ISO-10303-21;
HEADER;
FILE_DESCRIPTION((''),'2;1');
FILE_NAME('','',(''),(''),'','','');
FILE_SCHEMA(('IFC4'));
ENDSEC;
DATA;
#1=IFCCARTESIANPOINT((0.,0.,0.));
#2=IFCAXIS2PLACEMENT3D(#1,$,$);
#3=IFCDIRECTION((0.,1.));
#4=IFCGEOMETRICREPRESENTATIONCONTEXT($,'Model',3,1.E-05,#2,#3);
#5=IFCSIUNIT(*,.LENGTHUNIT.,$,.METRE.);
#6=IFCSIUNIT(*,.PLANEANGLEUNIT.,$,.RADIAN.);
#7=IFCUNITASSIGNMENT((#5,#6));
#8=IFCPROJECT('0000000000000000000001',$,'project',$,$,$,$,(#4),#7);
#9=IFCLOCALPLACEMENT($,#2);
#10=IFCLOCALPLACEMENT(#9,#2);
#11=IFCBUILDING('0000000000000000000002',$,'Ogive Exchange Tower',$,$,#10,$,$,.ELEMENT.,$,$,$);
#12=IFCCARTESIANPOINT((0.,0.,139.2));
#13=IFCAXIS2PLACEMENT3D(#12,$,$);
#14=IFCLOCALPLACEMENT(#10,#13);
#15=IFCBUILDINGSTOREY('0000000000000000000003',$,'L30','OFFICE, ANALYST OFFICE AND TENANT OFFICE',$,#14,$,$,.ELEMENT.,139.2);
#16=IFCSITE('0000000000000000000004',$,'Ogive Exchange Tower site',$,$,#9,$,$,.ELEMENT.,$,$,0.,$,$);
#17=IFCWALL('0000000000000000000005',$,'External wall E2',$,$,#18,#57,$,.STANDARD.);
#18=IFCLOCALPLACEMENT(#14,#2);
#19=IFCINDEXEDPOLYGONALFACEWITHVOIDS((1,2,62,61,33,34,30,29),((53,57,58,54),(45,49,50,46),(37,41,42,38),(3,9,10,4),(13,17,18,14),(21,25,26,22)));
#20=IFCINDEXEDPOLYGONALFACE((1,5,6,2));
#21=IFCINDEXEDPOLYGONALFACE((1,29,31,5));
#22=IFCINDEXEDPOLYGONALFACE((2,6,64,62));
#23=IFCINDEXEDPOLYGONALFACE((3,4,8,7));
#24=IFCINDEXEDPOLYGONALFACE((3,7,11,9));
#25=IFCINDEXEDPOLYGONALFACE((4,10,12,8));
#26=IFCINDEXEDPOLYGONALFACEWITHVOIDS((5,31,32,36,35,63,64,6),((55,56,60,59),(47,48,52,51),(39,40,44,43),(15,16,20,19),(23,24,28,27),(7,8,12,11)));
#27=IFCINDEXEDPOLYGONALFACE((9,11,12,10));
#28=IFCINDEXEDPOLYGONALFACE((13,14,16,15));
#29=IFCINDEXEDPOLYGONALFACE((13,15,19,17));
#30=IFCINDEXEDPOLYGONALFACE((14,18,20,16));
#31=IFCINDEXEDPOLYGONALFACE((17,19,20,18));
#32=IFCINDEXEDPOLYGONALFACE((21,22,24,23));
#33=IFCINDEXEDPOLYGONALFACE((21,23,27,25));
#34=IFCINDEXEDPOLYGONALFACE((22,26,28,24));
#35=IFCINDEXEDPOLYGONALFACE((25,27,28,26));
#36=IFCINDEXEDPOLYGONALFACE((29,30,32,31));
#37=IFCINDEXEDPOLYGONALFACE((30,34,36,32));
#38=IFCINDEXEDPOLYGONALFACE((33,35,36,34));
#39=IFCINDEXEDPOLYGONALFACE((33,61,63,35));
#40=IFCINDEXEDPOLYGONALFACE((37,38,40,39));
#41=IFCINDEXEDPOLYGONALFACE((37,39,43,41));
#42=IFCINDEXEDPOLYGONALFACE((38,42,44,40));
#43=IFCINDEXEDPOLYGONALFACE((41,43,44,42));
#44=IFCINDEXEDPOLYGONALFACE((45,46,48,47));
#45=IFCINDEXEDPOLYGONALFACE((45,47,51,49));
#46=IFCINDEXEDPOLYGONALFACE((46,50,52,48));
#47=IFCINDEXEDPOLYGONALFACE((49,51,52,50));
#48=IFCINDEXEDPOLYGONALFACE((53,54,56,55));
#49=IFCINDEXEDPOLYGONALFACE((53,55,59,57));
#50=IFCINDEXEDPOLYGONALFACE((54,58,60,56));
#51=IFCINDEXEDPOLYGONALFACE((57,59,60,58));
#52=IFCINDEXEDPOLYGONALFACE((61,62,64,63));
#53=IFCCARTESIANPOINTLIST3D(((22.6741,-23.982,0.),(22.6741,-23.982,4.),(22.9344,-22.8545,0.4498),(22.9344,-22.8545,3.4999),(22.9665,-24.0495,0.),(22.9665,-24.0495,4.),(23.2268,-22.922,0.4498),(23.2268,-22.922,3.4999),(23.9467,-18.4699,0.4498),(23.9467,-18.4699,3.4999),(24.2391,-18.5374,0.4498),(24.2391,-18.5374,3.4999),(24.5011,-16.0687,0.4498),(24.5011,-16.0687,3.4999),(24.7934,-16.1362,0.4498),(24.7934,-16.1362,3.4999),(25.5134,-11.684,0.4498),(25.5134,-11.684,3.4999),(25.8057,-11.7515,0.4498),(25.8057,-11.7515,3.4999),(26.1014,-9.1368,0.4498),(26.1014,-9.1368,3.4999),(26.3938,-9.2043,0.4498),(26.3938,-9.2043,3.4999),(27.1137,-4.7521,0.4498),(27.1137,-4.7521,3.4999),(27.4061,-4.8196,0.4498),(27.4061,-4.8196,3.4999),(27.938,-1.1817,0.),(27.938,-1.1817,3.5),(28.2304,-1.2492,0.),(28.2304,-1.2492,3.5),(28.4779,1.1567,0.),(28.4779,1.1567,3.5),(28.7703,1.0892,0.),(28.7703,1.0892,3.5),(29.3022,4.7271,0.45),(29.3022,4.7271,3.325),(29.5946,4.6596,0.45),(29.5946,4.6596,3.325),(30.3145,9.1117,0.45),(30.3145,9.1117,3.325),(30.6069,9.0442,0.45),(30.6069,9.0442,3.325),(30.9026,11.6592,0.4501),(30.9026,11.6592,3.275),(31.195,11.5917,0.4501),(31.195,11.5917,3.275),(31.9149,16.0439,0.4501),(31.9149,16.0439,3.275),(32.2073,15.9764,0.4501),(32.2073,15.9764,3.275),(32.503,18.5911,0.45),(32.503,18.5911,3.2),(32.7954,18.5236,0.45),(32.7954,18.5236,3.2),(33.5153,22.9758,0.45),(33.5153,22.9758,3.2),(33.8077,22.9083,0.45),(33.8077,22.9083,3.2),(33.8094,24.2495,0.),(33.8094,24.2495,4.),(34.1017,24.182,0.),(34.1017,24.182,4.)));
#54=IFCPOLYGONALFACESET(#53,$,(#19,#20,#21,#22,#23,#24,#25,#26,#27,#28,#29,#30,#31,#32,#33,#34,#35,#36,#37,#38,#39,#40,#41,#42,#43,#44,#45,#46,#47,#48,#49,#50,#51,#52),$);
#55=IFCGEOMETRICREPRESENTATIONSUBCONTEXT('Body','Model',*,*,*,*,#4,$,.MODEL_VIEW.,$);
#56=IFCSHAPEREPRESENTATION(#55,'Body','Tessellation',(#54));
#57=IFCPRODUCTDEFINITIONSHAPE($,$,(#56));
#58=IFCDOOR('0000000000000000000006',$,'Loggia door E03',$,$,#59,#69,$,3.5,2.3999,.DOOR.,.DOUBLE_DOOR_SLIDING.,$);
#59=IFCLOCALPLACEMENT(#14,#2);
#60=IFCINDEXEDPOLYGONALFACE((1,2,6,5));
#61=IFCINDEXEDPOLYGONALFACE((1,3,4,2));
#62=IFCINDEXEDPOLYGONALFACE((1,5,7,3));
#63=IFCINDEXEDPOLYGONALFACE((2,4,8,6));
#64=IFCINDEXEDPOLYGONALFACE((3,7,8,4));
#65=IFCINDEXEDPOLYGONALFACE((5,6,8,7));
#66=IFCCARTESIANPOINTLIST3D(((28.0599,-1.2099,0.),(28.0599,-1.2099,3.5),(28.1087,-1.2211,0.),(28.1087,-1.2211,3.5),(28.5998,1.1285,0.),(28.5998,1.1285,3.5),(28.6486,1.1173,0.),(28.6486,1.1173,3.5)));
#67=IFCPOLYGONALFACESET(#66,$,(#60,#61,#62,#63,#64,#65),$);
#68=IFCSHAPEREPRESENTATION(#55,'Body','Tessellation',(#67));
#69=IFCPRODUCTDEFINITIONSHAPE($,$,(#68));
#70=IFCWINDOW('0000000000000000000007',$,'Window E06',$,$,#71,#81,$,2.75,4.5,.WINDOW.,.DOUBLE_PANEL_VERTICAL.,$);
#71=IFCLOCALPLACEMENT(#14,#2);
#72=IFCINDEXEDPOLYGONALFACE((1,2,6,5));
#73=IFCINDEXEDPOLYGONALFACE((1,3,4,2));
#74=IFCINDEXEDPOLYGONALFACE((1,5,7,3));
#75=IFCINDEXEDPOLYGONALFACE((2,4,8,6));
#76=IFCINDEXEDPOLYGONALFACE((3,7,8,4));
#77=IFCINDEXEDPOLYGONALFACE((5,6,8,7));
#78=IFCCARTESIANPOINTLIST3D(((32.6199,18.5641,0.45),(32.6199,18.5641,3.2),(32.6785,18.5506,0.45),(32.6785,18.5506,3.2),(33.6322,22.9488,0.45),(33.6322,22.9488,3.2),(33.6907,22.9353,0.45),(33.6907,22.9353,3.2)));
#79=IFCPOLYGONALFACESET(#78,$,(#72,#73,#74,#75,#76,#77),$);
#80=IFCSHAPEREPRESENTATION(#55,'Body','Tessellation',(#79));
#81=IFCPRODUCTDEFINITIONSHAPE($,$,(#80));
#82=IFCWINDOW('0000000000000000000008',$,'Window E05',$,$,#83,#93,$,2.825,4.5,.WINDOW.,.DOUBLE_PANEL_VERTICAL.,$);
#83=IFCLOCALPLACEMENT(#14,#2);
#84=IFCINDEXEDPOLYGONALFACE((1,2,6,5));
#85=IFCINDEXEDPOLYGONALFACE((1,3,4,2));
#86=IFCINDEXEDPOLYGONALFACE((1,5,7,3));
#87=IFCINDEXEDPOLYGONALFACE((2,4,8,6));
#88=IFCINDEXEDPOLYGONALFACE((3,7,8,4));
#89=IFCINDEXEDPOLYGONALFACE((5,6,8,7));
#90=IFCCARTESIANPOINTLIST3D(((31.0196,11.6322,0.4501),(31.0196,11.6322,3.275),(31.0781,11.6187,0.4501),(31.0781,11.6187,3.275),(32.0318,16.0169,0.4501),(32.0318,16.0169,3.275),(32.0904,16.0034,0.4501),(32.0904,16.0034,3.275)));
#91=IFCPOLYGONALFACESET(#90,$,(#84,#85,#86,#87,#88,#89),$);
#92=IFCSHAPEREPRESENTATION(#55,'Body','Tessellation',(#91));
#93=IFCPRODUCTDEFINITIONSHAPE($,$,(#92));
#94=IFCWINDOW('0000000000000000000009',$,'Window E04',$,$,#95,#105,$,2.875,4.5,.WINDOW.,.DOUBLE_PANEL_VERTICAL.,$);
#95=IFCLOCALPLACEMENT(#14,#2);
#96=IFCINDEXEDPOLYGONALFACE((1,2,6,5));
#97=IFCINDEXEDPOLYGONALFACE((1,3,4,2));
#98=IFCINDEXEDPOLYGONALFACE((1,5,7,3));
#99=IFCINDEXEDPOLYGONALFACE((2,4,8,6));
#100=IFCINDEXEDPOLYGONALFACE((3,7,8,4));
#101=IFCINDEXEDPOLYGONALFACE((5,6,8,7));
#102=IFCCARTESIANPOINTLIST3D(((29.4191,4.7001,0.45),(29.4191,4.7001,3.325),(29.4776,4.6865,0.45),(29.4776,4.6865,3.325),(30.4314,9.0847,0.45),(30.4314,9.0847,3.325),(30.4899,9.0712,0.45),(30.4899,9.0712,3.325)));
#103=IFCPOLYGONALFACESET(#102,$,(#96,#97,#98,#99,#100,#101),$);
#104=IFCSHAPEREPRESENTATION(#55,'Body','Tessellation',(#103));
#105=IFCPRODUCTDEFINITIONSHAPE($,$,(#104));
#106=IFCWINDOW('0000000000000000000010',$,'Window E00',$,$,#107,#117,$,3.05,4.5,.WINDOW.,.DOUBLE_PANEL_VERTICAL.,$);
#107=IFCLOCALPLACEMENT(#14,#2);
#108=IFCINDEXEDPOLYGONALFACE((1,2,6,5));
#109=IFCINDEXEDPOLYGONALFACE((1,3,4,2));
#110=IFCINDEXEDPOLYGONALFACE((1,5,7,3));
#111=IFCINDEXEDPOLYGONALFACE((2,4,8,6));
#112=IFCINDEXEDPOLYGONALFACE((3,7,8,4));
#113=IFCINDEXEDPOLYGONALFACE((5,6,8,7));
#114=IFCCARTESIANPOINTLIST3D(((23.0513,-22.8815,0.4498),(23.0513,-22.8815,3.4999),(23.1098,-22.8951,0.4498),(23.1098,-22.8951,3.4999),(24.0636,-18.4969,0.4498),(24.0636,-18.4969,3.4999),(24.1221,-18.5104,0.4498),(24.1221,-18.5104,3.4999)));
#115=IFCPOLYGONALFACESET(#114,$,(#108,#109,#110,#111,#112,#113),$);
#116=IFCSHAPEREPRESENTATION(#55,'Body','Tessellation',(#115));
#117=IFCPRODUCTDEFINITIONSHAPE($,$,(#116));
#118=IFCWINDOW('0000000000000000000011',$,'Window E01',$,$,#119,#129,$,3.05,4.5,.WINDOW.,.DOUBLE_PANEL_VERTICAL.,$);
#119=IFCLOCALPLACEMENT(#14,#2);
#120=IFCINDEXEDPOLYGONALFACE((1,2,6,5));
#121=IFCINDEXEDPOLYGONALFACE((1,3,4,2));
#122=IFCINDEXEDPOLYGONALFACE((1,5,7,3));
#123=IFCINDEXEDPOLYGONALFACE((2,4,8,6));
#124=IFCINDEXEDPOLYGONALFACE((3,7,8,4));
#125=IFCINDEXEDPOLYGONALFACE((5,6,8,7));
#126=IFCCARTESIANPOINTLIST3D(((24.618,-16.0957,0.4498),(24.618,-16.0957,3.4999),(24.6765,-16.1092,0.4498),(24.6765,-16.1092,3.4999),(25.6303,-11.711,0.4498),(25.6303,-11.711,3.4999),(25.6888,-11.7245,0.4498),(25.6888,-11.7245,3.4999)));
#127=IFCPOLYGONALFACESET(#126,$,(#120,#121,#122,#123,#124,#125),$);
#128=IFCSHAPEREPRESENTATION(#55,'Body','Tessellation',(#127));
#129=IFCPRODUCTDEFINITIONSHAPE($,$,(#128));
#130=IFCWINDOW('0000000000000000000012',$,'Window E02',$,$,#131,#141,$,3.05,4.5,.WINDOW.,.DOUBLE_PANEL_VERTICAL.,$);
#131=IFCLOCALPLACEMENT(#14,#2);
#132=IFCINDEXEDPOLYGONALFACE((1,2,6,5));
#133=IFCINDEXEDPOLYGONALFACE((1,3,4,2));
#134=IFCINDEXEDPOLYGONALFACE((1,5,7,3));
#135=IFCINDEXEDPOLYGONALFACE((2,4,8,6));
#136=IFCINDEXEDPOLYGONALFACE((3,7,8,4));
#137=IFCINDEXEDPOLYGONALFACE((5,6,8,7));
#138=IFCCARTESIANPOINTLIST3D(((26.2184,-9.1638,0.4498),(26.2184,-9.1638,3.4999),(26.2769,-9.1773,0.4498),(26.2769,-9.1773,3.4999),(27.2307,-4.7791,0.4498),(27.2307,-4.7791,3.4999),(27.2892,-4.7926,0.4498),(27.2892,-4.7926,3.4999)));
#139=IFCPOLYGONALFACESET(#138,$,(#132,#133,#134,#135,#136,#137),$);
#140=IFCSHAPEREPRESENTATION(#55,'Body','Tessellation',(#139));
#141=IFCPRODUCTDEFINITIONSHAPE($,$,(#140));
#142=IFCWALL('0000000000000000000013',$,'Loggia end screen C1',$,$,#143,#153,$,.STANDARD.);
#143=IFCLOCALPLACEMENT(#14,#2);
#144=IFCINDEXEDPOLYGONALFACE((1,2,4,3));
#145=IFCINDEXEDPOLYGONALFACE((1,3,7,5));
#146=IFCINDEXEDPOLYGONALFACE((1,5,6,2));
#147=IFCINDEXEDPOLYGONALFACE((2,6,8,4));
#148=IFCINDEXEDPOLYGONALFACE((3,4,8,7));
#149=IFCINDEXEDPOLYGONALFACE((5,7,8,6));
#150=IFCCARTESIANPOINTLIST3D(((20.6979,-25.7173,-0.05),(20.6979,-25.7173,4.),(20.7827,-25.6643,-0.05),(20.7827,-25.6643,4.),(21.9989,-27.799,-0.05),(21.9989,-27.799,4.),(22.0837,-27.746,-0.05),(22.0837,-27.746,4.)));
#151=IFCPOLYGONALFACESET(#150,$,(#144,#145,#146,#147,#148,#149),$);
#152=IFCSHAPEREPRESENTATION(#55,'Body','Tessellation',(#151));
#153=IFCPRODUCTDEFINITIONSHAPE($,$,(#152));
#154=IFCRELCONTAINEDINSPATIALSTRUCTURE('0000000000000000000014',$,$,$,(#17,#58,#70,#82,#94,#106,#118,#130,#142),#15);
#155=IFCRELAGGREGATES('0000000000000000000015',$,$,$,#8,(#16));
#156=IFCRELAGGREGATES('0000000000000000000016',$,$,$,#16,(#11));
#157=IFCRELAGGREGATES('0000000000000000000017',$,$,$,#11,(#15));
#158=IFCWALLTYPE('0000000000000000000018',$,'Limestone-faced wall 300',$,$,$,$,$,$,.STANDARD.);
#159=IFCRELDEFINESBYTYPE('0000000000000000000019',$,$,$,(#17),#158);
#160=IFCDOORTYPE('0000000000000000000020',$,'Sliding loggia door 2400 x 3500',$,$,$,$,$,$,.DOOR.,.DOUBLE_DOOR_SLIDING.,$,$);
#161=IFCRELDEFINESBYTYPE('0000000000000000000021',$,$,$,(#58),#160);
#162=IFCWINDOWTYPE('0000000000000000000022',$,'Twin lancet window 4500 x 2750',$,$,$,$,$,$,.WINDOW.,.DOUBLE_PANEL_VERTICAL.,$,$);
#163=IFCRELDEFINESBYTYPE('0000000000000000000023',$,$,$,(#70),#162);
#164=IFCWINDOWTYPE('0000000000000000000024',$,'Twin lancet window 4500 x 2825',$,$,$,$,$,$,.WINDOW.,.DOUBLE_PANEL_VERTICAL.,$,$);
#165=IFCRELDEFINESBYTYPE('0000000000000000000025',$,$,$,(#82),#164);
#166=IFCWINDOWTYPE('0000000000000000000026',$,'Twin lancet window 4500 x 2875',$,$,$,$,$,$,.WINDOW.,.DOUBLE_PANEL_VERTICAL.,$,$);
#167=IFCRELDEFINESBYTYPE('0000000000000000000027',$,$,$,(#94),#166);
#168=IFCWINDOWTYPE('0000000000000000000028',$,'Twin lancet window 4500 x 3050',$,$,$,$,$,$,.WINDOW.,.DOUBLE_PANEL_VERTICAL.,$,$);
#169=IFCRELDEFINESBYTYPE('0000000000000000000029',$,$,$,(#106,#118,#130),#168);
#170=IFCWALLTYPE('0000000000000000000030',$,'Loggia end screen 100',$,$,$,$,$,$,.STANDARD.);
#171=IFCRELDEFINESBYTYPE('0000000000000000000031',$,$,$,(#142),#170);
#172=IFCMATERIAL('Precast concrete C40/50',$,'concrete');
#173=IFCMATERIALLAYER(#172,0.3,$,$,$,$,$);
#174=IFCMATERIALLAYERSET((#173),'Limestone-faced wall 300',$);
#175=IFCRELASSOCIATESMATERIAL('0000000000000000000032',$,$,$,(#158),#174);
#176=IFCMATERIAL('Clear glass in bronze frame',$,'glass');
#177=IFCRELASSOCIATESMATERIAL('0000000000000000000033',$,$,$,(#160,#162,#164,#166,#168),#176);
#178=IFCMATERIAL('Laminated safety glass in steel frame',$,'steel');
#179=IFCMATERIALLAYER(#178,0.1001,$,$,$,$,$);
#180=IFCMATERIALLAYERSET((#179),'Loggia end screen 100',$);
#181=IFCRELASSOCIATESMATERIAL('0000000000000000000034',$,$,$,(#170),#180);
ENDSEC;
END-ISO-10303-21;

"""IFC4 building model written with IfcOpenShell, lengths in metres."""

from ifc_helpers import new_model, si_unit, direction, frame, frame_2d, origin, place, context, subcontext, project, spatial, rectangle, extrude, material, layer, layer_set, type_object, element, fill, save


model = new_model("IFC4")

# Units and contexts
model_context = context("Model", 3, precision=1e-05, world=origin(), true_north=direction((0.0, 1.0)))
body_context = subcontext(model_context, "Body", "Model", "MODEL_VIEW")
ifc_project = project(units=[si_unit("LENGTHUNIT", "METRE"), si_unit("PLANEANGLEUNIT", "RADIAN")], contexts=[model_context])

# Site, building, storey
site_placement = place(None, origin())
site = spatial("IfcSite", under=ifc_project, at=site_placement, Name="Ogive Exchange Tower site", CompositionType="ELEMENT", RefElevation=0.0)
building_placement = place(site_placement, origin())
building = spatial("IfcBuilding", under=site, at=building_placement, Name="Ogive Exchange Tower", CompositionType="ELEMENT")
storey_placement = place(building_placement, frame((0.0, 0.0, 139.2)))
storey = spatial("IfcBuildingStorey", under=building, at=storey_placement, Name="L30", Description="OFFICE, ANALYST OFFICE AND TENANT OFFICE", CompositionType="ELEMENT", Elevation=139.2)

# Wall, openings, door, windows
ifc_material_1 = material(Name="Precast concrete C40/50", Category="concrete")
ifc_layer_1 = layer(ifc_material_1, 0.3)
ifc_layer_set_1 = layer_set([ifc_layer_1], Name="Limestone-faced wall 300")
wall_type_1 = type_object("IfcWallType", Name="Limestone-faced wall 300", PredefinedType="STANDARD", material=ifc_layer_set_1)
wall_1_placement = place(storey_placement, frame((22.8203, -24.0156, 0.0), z_axis=(0.0, 0.0, 1.0), x_axis=(0.224954, 0.974369, 0.0)))
wall_1 = element("IfcWall", 1, at=wall_1_placement, inside=storey, type_object=wall_type_1, Name="External wall E2", PredefinedType="STANDARD", context=body_context, shape_type="SweptSolid", body=[
    extrude(rectangle(XDim=49.5002, YDim=0.3, at=frame_2d((24.75, 0.0))), origin(), (0.0, 0.0, 1.0), 4.0),
])
opening_1_placement = place(wall_1_placement, frame((1.157, 0.0, 0.45)))
opening_1 = element("IfcOpeningElement", 2, at=opening_1_placement, cuts=wall_1, PredefinedType="OPENING", context=body_context, shape_type="SweptSolid", body=[
    extrude(rectangle(XDim=4.5, YDim=3.05, at=frame_2d((2.25, 1.5249))), frame((0.0, 0.1599, 0.0), z_axis=(0.0, -1.0, 0.0), x_axis=(1.0, 0.0, 0.0)), (0.0, 0.0, 1.0), 0.3201),
])
opening_2_placement = place(wall_1_placement, frame((8.1213, 0.0, 0.45)))
opening_2 = element("IfcOpeningElement", 3, at=opening_2_placement, cuts=wall_1, PredefinedType="OPENING", context=body_context, shape_type="SweptSolid", body=[
    extrude(rectangle(XDim=4.5, YDim=3.05, at=frame_2d((2.25, 1.5249))), frame((0.0, 0.1599, 0.0), z_axis=(0.0, -1.0, 0.0), x_axis=(1.0, 0.0, 0.0)), (0.0, 0.0, 1.0), 0.3201),
])
opening_3_placement = place(wall_1_placement, frame((15.2356, 0.0, 0.45)))
opening_3 = element("IfcOpeningElement", 4, at=opening_3_placement, cuts=wall_1, PredefinedType="OPENING", context=body_context, shape_type="SweptSolid", body=[
    extrude(rectangle(XDim=4.5, YDim=3.05, at=frame_2d((2.25, 1.5249))), frame((0.0, 0.1599, 0.0), z_axis=(0.0, -1.0, 0.0), x_axis=(1.0, 0.0, 0.0)), (0.0, 0.0, 1.0), 0.3201),
])
opening_4_placement = place(wall_1_placement, frame((23.3999, 0.0, 0.0)))
opening_4 = element("IfcOpeningElement", 5, at=opening_4_placement, cuts=wall_1, PredefinedType="OPENING", context=body_context, shape_type="SweptSolid", body=[
    extrude(rectangle(XDim=2.3999, YDim=3.5, at=frame_2d((1.2, 1.75))), frame((0.0, 0.1599, 0.0), z_axis=(0.0, -1.0, 0.0), x_axis=(1.0, 0.0, 0.0)), (0.0, 0.0, 1.0), 0.3201),
])
opening_5_placement = place(wall_1_placement, frame((29.4641, 0.0, 0.45)))
opening_5 = element("IfcOpeningElement", 6, at=opening_5_placement, cuts=wall_1, PredefinedType="OPENING", context=body_context, shape_type="SweptSolid", body=[
    extrude(rectangle(XDim=4.5, YDim=2.875, at=frame_2d((2.25, 1.4375))), frame((0.0, 0.1599, 0.0), z_axis=(0.0, -1.0, 0.0), x_axis=(1.0, 0.0, 0.0)), (0.0, 0.0, 1.0), 0.3201),
])
opening_6_placement = place(wall_1_placement, frame((36.5786, 0.0, 0.45)))
opening_6 = element("IfcOpeningElement", 7, at=opening_6_placement, cuts=wall_1, PredefinedType="OPENING", context=body_context, shape_type="SweptSolid", body=[
    extrude(rectangle(XDim=4.5, YDim=2.825, at=frame_2d((2.25, 1.4126))), frame((0.0, 0.1599, 0.0), z_axis=(0.0, -1.0, 0.0), x_axis=(1.0, 0.0, 0.0)), (0.0, 0.0, 1.0), 0.3201),
])
opening_7_placement = place(wall_1_placement, frame((43.6929, 0.0, 0.45)))
opening_7 = element("IfcOpeningElement", 8, at=opening_7_placement, cuts=wall_1, PredefinedType="OPENING", context=body_context, shape_type="SweptSolid", body=[
    extrude(rectangle(XDim=4.5, YDim=2.75, at=frame_2d((2.25, 1.375))), frame((0.0, 0.1599, 0.0), z_axis=(0.0, -1.0, 0.0), x_axis=(1.0, 0.0, 0.0)), (0.0, 0.0, 1.0), 0.3201),
])
ifc_material_2 = material(Name="Clear glass in bronze frame", Category="glass")
door_type_1 = type_object("IfcDoorType", Name="Sliding loggia door 2400 x 3500", OperationType="DOUBLE_DOOR_SLIDING", PredefinedType="DOOR", material=ifc_material_2)
door_1_placement = place(opening_4_placement, origin())
door_1 = element("IfcDoor", 9, at=door_1_placement, inside=storey, type_object=door_type_1, Name="Loggia door E03", OperationType="DOUBLE_DOOR_SLIDING", OverallHeight=3.5, OverallWidth=2.3999, PredefinedType="DOOR", context=body_context, shape_type="SweptSolid", body=[
    extrude(rectangle(XDim=2.3999, YDim=3.5, at=frame_2d((1.2, 1.75))), frame((0.0, 0.0249, 0.0), z_axis=(0.0, -1.0, 0.0), x_axis=(1.0, 0.0, 0.0)), (0.0, 0.0, 1.0), 0.05),
])
fill(opening_4, door_1)
window_type_1 = type_object("IfcWindowType", Name="Twin lancet window 4500 x 2750", PartitioningType="DOUBLE_PANEL_VERTICAL", PredefinedType="WINDOW", material=ifc_material_2)
window_1_placement = place(opening_7_placement, origin())
window_1 = element("IfcWindow", 10, at=window_1_placement, inside=storey, type_object=window_type_1, Name="Window E06", OverallHeight=2.75, OverallWidth=4.5, PartitioningType="DOUBLE_PANEL_VERTICAL", PredefinedType="WINDOW", context=body_context, shape_type="SweptSolid", body=[
    extrude(rectangle(XDim=4.5, YDim=2.75, at=frame_2d((2.25, 1.375))), frame((0.0, 0.03, 0.0), z_axis=(0.0, -1.0, 0.0), x_axis=(1.0, 0.0, 0.0)), (0.0, 0.0, 1.0), 0.0601),
])
fill(opening_7, window_1)
window_type_2 = type_object("IfcWindowType", Name="Twin lancet window 4500 x 2825", PartitioningType="DOUBLE_PANEL_VERTICAL", PredefinedType="WINDOW", material=ifc_material_2)
window_2_placement = place(opening_6_placement, origin())
window_2 = element("IfcWindow", 11, at=window_2_placement, inside=storey, type_object=window_type_2, Name="Window E05", OverallHeight=2.825, OverallWidth=4.5, PartitioningType="DOUBLE_PANEL_VERTICAL", PredefinedType="WINDOW", context=body_context, shape_type="SweptSolid", body=[
    extrude(rectangle(XDim=4.5, YDim=2.825, at=frame_2d((2.25, 1.4126))), frame((0.0, 0.03, 0.0), z_axis=(0.0, -1.0, 0.0), x_axis=(1.0, 0.0, 0.0)), (0.0, 0.0, 1.0), 0.0601),
])
fill(opening_6, window_2)
window_type_3 = type_object("IfcWindowType", Name="Twin lancet window 4500 x 2875", PartitioningType="DOUBLE_PANEL_VERTICAL", PredefinedType="WINDOW", material=ifc_material_2)
window_3_placement = place(opening_5_placement, origin())
window_3 = element("IfcWindow", 12, at=window_3_placement, inside=storey, type_object=window_type_3, Name="Window E04", OverallHeight=2.875, OverallWidth=4.5, PartitioningType="DOUBLE_PANEL_VERTICAL", PredefinedType="WINDOW", context=body_context, shape_type="SweptSolid", body=[
    extrude(rectangle(XDim=4.5, YDim=2.875, at=frame_2d((2.25, 1.4375))), frame((0.0, 0.03, 0.0), z_axis=(0.0, -1.0, 0.0), x_axis=(1.0, 0.0, 0.0)), (0.0, 0.0, 1.0), 0.0601),
])
fill(opening_5, window_3)
window_type_4 = type_object("IfcWindowType", Name="Twin lancet window 4500 x 3050", PartitioningType="DOUBLE_PANEL_VERTICAL", PredefinedType="WINDOW", material=ifc_material_2)
window_4_placement = place(opening_1_placement, origin())
window_4 = element("IfcWindow", 13, at=window_4_placement, inside=storey, type_object=window_type_4, Name="Window E00", OverallHeight=3.05, OverallWidth=4.5, PartitioningType="DOUBLE_PANEL_VERTICAL", PredefinedType="WINDOW", context=body_context, shape_type="SweptSolid", body=[
    extrude(rectangle(XDim=4.5, YDim=3.05, at=frame_2d((2.25, 1.5249))), frame((0.0, 0.03, 0.0), z_axis=(0.0, -1.0, 0.0), x_axis=(1.0, 0.0, 0.0)), (0.0, 0.0, 1.0), 0.0601),
])
fill(opening_1, window_4)
window_5_placement = place(opening_2_placement, origin())
window_5 = element("IfcWindow", 14, at=window_5_placement, inside=storey, type_object=window_type_4, Name="Window E01", OverallHeight=3.05, OverallWidth=4.5, PartitioningType="DOUBLE_PANEL_VERTICAL", PredefinedType="WINDOW", context=body_context, shape_type="SweptSolid", body=[
    extrude(rectangle(XDim=4.5, YDim=3.05, at=frame_2d((2.25, 1.5249))), frame((0.0, 0.03, 0.0), z_axis=(0.0, -1.0, 0.0), x_axis=(1.0, 0.0, 0.0)), (0.0, 0.0, 1.0), 0.0601),
])
fill(opening_2, window_5)
window_6_placement = place(opening_3_placement, origin())
window_6 = element("IfcWindow", 15, at=window_6_placement, inside=storey, type_object=window_type_4, Name="Window E02", OverallHeight=3.05, OverallWidth=4.5, PartitioningType="DOUBLE_PANEL_VERTICAL", PredefinedType="WINDOW", context=body_context, shape_type="SweptSolid", body=[
    extrude(rectangle(XDim=4.5, YDim=3.05, at=frame_2d((2.25, 1.5249))), frame((0.0, 0.03, 0.0), z_axis=(0.0, -1.0, 0.0), x_axis=(1.0, 0.0, 0.0)), (0.0, 0.0, 1.0), 0.0601),
])
fill(opening_3, window_6)

# Wall
ifc_material_3 = material(Name="Laminated safety glass in steel frame", Category="steel")
ifc_layer_2 = layer(ifc_material_3, 0.1001)
ifc_layer_set_2 = layer_set([ifc_layer_2], Name="Loggia end screen 100")
wall_type_2 = type_object("IfcWallType", Name="Loggia end screen 100", PredefinedType="STANDARD", material=ifc_layer_set_2)
wall_2_placement = place(storey_placement, frame((20.7402, -25.6907, -0.05), z_axis=(0.0, 0.0, 1.0), x_axis=(0.529972, -0.848015, 0.0)))
element("IfcWall", 16, at=wall_2_placement, inside=storey, type_object=wall_type_2, Name="Loggia end screen C1", PredefinedType="STANDARD", context=body_context, shape_type="SweptSolid", body=[
    extrude(rectangle(XDim=2.4548, YDim=0.1001, at=frame_2d((1.2275, 0.0))), origin(), (0.0, 0.0, 1.0), 4.05),
])

save(model, "model.ifc")
